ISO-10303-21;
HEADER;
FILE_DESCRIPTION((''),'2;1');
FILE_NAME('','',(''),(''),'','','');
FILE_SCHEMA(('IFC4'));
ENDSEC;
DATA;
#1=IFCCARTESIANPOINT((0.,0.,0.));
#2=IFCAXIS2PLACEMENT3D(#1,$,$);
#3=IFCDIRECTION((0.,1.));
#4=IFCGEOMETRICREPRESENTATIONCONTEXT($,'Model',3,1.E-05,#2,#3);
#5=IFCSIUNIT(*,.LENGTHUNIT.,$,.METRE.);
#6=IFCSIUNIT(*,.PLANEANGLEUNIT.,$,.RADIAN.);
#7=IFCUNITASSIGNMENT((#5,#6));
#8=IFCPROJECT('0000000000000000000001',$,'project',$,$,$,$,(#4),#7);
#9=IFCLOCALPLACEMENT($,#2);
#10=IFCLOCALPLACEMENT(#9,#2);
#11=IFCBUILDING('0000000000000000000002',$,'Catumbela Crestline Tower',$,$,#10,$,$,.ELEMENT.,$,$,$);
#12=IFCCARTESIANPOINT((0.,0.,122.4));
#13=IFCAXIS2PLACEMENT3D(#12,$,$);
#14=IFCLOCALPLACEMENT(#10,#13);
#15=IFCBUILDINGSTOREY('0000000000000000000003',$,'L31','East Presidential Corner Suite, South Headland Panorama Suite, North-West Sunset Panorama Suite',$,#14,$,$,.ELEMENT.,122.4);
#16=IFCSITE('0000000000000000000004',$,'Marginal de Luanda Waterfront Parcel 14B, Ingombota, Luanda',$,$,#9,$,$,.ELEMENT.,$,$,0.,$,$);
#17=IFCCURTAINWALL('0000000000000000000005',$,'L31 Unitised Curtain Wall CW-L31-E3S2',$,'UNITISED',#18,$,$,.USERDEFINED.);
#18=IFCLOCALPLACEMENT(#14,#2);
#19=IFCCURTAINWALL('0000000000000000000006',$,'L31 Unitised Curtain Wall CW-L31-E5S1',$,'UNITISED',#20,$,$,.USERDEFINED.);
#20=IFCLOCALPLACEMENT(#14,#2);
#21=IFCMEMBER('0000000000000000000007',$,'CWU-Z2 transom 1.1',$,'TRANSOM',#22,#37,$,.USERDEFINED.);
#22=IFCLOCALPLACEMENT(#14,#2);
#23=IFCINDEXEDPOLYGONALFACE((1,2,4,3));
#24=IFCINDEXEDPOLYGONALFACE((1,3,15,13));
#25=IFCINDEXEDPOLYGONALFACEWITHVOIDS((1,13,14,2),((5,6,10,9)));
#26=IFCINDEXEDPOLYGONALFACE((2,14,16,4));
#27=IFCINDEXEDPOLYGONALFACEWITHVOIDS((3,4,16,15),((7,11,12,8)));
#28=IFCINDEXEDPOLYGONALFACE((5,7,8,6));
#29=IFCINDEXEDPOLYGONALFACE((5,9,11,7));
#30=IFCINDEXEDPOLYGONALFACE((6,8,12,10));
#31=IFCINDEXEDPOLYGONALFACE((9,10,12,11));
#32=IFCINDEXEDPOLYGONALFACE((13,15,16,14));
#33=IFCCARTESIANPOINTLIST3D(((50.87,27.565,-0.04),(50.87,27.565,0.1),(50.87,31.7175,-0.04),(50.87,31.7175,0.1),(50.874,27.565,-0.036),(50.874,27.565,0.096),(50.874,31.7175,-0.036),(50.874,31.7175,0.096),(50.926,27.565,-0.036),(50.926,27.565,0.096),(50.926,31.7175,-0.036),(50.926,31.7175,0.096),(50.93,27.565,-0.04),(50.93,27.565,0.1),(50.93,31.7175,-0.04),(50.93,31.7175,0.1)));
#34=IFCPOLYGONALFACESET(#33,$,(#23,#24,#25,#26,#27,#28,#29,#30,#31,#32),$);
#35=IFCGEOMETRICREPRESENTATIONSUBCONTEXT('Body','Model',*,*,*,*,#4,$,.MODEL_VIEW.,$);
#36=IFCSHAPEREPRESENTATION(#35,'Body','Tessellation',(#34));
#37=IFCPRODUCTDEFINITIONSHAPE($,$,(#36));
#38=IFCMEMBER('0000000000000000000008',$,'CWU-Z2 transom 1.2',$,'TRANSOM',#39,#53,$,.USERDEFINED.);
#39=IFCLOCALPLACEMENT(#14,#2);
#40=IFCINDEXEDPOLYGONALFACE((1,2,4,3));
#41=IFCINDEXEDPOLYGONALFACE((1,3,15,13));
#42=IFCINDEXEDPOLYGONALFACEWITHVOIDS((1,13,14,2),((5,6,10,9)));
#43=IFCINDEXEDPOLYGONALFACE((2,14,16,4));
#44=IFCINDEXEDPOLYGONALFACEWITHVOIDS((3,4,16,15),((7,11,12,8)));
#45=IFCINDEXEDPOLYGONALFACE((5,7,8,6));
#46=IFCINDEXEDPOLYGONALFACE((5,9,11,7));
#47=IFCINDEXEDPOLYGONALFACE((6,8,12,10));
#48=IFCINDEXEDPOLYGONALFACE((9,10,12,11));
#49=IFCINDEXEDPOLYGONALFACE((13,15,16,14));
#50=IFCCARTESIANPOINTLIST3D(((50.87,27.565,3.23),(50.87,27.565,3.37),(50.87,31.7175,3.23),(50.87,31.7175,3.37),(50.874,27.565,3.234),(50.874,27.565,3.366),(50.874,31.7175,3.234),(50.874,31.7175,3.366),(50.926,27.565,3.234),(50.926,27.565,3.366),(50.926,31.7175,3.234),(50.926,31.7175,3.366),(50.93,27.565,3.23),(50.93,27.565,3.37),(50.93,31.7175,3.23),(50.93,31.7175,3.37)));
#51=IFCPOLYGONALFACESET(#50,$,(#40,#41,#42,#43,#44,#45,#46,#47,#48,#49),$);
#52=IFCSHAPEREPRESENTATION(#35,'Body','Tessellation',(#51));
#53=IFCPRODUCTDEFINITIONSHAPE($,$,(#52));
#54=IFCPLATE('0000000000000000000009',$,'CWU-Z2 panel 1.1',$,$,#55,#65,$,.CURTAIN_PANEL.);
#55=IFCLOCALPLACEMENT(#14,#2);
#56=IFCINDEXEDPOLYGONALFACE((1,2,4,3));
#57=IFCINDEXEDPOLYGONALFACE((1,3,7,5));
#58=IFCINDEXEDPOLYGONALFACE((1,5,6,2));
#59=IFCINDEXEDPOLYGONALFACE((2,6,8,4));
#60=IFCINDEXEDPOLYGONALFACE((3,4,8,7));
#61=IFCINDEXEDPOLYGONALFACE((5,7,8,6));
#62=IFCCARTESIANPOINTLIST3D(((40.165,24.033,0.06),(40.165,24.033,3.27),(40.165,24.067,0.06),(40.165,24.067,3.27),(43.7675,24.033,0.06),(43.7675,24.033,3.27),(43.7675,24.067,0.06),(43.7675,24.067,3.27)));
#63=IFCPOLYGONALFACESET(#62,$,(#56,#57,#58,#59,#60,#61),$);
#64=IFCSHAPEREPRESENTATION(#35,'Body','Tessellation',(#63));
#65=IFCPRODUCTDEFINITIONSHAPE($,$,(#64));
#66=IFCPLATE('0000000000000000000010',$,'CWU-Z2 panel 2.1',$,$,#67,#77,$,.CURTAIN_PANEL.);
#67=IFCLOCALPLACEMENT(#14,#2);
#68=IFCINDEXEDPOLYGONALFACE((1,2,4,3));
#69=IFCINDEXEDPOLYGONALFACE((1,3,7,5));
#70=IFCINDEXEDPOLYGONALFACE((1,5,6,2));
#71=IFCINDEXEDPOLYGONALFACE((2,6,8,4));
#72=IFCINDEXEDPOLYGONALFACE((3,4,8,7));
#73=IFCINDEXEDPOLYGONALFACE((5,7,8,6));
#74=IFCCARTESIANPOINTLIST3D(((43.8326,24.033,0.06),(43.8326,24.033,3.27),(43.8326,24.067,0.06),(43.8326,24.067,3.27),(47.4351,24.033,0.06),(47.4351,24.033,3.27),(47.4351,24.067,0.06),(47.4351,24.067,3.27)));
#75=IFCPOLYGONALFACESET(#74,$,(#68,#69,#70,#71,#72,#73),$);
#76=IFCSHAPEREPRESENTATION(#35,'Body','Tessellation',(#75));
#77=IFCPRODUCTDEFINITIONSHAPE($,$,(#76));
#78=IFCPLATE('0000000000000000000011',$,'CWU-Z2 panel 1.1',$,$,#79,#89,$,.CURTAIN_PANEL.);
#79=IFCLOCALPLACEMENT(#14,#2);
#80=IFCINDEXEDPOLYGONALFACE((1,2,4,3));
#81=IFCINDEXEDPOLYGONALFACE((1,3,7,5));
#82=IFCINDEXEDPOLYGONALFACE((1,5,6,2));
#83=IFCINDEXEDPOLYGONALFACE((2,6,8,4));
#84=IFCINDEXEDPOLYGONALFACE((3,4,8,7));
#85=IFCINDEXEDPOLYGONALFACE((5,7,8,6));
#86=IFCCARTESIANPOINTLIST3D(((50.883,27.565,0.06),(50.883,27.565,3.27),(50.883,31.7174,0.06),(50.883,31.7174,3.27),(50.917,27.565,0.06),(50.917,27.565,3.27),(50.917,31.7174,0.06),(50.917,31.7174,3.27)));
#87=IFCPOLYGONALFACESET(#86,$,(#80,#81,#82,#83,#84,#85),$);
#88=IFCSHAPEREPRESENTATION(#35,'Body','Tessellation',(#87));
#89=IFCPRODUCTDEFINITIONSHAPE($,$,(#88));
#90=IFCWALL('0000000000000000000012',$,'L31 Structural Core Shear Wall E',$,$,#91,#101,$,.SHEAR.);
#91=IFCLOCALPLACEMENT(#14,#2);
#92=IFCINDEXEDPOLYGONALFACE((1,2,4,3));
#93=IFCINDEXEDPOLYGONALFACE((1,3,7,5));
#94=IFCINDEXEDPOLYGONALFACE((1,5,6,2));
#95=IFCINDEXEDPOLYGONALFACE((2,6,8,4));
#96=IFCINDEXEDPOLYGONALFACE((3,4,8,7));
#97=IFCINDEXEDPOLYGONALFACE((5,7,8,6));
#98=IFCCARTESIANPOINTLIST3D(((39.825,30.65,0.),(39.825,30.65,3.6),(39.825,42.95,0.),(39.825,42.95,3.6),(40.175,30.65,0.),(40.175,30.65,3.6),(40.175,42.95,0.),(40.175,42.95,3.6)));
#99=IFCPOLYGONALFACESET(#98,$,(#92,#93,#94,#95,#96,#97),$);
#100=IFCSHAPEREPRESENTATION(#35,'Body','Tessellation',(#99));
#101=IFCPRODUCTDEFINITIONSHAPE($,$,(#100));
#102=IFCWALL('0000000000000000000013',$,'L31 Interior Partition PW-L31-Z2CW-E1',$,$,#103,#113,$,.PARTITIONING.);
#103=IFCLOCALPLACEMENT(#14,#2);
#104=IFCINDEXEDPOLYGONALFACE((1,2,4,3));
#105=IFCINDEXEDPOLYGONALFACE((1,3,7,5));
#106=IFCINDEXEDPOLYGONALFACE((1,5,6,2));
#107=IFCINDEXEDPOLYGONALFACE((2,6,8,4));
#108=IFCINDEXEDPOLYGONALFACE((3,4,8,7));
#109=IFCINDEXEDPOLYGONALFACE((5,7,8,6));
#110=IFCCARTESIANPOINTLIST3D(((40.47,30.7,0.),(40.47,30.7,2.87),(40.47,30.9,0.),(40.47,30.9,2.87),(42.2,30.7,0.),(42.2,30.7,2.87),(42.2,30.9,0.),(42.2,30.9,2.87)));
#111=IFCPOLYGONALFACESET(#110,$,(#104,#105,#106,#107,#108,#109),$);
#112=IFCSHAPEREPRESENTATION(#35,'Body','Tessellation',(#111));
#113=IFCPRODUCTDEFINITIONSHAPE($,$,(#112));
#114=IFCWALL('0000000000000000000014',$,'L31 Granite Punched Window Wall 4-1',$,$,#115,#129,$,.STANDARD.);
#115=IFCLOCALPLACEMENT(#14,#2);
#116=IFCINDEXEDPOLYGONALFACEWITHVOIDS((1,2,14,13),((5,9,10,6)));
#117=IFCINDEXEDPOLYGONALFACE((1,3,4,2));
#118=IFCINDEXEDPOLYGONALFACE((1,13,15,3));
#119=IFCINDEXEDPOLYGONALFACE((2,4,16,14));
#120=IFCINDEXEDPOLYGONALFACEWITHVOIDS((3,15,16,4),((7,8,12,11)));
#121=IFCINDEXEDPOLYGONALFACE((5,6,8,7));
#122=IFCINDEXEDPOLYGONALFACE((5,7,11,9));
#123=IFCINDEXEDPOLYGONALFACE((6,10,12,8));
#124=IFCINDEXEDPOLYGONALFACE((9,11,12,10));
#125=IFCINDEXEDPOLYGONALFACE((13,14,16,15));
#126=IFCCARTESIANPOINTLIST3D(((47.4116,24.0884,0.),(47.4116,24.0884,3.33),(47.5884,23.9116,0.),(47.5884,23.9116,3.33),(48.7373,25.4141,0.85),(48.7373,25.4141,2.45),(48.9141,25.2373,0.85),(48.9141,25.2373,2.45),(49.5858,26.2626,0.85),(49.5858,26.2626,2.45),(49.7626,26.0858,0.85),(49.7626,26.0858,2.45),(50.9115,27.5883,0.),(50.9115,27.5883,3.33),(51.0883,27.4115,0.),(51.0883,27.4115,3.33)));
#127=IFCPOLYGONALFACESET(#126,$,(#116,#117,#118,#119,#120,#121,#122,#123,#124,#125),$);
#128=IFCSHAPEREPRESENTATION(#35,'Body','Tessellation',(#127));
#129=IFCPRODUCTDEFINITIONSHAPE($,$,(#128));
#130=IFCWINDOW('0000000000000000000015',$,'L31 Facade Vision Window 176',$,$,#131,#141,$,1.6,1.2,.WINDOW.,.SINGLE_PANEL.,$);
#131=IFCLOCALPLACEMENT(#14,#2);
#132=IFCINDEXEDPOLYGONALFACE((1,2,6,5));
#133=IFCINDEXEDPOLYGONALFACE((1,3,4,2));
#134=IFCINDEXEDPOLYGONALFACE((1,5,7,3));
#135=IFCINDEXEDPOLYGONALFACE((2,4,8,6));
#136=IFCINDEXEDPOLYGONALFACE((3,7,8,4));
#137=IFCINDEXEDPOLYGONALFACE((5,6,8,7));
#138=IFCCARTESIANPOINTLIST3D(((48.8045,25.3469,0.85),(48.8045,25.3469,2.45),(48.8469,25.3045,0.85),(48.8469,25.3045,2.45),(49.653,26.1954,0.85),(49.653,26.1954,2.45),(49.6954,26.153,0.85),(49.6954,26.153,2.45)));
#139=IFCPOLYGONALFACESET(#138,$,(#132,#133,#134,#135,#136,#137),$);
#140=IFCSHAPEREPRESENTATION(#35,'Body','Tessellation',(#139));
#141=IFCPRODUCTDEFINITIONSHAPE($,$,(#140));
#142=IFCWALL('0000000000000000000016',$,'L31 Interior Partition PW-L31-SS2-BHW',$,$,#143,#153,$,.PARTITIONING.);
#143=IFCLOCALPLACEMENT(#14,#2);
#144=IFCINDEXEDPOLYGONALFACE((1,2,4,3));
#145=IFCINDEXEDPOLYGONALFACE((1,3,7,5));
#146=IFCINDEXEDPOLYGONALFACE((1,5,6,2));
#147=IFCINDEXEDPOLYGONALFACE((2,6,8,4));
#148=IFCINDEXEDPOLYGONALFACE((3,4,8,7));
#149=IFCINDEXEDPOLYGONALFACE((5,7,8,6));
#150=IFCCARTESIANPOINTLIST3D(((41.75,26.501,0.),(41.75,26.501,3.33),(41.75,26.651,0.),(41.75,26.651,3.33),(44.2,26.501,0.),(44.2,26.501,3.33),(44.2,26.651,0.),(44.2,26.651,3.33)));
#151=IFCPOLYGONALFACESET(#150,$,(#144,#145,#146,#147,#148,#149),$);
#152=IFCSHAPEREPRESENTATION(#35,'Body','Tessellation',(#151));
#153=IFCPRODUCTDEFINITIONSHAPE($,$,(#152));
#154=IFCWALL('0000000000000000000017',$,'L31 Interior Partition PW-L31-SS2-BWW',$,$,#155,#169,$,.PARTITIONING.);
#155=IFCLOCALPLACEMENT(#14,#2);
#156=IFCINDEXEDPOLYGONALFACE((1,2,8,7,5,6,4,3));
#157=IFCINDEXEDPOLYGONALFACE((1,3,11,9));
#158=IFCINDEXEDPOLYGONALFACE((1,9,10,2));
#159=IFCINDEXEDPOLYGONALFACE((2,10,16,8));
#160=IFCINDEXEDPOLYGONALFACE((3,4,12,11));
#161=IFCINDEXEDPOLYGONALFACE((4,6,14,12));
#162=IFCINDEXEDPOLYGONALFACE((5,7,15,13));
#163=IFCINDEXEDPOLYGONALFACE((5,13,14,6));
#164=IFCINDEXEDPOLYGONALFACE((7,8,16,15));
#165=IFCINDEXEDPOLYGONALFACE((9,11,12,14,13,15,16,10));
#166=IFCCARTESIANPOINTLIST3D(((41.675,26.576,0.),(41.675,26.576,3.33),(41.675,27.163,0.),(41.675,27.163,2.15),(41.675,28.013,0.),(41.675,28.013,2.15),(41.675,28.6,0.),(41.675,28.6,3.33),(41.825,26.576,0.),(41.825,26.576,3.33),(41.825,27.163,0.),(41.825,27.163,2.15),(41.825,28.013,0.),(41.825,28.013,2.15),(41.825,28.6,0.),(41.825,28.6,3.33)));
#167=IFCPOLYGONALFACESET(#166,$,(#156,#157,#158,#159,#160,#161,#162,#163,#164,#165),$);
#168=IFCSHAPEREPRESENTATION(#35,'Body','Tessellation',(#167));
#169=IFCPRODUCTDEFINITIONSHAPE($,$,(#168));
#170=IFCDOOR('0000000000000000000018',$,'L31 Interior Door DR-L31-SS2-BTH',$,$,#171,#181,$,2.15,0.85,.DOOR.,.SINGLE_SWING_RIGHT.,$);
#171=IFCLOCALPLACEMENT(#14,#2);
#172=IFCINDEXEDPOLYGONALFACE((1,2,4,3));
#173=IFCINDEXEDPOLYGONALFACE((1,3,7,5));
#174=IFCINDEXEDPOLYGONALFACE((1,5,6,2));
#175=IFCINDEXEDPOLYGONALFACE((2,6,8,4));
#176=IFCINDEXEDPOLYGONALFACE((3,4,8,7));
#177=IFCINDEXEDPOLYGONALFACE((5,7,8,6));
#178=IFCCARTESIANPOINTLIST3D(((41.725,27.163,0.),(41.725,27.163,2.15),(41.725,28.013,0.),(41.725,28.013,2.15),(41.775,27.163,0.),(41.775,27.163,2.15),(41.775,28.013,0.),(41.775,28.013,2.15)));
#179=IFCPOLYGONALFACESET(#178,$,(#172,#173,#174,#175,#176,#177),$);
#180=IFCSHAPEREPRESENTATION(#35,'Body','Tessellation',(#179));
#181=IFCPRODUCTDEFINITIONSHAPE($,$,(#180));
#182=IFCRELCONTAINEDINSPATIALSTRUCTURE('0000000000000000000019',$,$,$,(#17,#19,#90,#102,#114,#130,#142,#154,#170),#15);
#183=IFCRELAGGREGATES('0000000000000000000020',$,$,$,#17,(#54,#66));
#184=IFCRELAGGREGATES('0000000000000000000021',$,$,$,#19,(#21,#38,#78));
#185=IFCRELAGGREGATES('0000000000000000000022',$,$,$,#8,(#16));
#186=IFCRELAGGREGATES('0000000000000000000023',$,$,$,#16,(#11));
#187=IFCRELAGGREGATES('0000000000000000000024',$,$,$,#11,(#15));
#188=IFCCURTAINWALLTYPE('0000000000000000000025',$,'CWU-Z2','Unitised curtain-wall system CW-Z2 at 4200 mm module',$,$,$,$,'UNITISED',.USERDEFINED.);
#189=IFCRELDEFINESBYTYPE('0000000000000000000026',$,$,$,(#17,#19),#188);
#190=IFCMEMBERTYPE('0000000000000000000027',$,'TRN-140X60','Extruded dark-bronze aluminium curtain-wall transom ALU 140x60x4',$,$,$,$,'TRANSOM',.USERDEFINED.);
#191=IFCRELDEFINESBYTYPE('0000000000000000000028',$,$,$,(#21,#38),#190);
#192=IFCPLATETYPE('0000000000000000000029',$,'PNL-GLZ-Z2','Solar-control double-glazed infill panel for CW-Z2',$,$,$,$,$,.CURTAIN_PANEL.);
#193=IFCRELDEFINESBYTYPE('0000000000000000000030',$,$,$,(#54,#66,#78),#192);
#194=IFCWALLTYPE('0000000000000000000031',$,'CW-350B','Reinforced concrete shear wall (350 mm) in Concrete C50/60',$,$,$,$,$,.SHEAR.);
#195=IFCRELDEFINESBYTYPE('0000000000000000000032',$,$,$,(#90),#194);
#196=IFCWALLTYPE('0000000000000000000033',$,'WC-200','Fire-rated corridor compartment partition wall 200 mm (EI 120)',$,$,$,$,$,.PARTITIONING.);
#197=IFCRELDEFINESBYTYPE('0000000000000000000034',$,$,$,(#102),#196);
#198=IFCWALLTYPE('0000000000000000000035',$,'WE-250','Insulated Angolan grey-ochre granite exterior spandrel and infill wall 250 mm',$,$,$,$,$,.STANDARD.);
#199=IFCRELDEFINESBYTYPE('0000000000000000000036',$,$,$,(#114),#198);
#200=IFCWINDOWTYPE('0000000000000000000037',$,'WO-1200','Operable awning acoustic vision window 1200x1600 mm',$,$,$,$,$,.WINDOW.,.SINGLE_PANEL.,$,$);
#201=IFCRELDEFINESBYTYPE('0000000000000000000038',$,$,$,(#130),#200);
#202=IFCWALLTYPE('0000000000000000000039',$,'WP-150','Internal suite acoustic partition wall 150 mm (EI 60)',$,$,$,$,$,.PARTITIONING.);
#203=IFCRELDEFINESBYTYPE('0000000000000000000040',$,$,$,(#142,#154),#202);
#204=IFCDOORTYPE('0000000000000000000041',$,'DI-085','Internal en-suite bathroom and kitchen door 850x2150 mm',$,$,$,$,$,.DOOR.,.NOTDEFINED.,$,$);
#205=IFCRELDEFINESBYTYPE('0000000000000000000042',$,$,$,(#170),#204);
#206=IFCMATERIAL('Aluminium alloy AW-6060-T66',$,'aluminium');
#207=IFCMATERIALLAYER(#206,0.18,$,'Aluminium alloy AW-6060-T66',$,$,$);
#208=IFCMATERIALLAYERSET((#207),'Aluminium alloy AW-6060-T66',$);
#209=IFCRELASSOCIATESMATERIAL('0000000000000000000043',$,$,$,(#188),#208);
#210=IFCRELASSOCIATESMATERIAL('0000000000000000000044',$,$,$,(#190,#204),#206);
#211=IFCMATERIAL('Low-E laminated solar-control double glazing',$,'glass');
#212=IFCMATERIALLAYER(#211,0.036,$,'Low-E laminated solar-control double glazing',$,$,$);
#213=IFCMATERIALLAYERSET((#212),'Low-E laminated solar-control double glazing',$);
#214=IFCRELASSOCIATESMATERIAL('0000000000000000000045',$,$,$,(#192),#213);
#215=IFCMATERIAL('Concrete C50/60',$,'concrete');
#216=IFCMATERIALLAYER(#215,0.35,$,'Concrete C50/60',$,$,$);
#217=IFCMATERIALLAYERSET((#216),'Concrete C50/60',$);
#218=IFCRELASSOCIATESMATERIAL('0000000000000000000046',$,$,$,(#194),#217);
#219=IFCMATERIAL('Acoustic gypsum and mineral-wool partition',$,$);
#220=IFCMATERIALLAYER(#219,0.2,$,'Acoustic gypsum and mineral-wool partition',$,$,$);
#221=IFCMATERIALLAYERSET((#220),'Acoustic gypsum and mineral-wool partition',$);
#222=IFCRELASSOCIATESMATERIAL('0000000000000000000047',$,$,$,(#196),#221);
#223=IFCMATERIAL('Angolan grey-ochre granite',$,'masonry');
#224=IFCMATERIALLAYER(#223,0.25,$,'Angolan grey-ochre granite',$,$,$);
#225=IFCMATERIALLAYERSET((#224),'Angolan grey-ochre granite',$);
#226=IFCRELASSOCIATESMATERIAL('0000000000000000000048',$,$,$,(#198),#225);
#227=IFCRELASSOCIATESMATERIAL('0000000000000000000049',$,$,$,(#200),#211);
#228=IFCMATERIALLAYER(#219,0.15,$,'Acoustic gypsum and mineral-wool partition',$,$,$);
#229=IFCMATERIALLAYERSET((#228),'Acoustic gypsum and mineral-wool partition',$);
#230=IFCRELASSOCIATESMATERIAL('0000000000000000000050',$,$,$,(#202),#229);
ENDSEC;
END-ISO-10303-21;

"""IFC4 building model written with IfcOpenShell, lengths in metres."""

from ifc_helpers import new_model, si_unit, direction, frame, frame_2d, origin, origin_2d, place, context, subcontext, project, spatial, rectangle, hollow_rectangle, extrude, material, layer, layer_set, material_profile, profile_set, type_object, element, fill, aggregate, save


model = new_model("IFC4")

# Units and contexts
model_context = context("Model", 3, precision=1e-05, world=origin(), true_north=direction((0.0, 1.0)))
body_context = subcontext(model_context, "Body", "Model", "MODEL_VIEW")
ifc_project = project(units=[si_unit("LENGTHUNIT", "METRE"), si_unit("PLANEANGLEUNIT", "RADIAN")], contexts=[model_context])

# Site, building, storey
site_placement = place(None, origin())
site = spatial("IfcSite", under=ifc_project, at=site_placement, Name="Marginal de Luanda Waterfront Parcel 14B, Ingombota, Luanda", CompositionType="ELEMENT", RefElevation=0.0)
building_placement = place(site_placement, origin())
building = spatial("IfcBuilding", under=site, at=building_placement, Name="Catumbela Crestline Tower", CompositionType="ELEMENT")
storey_placement = place(building_placement, frame((0.0, 0.0, 122.4)))
storey = spatial("IfcBuildingStorey", under=building, at=storey_placement, Name="L31", Description="East Presidential Corner Suite, South Headland Panorama Suite, North-West Sunset Panorama Suite", CompositionType="ELEMENT", Elevation=122.4)

# Curtain wall
ifc_material_1 = material(Name="Aluminium alloy AW-6060-T66", Category="aluminium")
ifc_layer_1 = layer(ifc_material_1, 0.18, Name="Aluminium alloy AW-6060-T66")
ifc_layer_set_1 = layer_set([ifc_layer_1], Name="Aluminium alloy AW-6060-T66")
curtain_wall_type = type_object("IfcCurtainWallType", Name="CWU-Z2", Description="Unitised curtain-wall system CW-Z2 at 4200 mm module", ElementType="UNITISED", PredefinedType="USERDEFINED", material=ifc_layer_set_1)
curtain_wall_1_placement = place(storey_placement, origin())
curtain_wall_1 = element("IfcCurtainWall", 1, at=curtain_wall_1_placement, inside=storey, type_object=curtain_wall_type, Name="L31 Unitised Curtain Wall CW-L31-E3S2", ObjectType="UNITISED", PredefinedType="USERDEFINED")

# Curtain wall
curtain_wall_2_placement = place(storey_placement, origin())
curtain_wall_2 = element("IfcCurtainWall", 2, at=curtain_wall_2_placement, inside=storey, type_object=curtain_wall_type, Name="L31 Unitised Curtain Wall CW-L31-E5S1", ObjectType="UNITISED", PredefinedType="USERDEFINED")

# Members
ifc_material_profile_1 = material_profile(ifc_material_1, hollow_rectangle(XDim=0.06, YDim=0.14, WallThickness=0.004, at=origin_2d()), Name="ALU 140x60x4")
ifc_profile_set_1 = profile_set([ifc_material_profile_1], Name="Aluminium alloy AW-6060-T66")
member_type_1 = type_object("IfcMemberType", Name="TRN-140X60", Description="Extruded dark-bronze aluminium curtain-wall transom ALU 140x60x4", ElementType="TRANSOM", PredefinedType="USERDEFINED", material=ifc_profile_set_1)
member_1_placement = place(storey_placement, frame((50.9, 27.565, 0.03), z_axis=(0.0, 1.0, 0.0), x_axis=(-1.0, 0.0, 0.0)))
member_1 = element("IfcMember", 3, at=member_1_placement, type_object=member_type_1, Name="CWU-Z2 transom 1.1", ObjectType="TRANSOM", PredefinedType="USERDEFINED", context=body_context, shape_type="SweptSolid", body=[
    extrude(hollow_rectangle(XDim=0.06, YDim=0.14, WallThickness=0.004, at=origin_2d()), origin(), (0.0, 0.0, 1.0), 4.1525),
])
member_2_placement = place(storey_placement, frame((50.9, 27.565, 3.3), z_axis=(0.0, 1.0, 0.0), x_axis=(-1.0, 0.0, 0.0)))
member_2 = element("IfcMember", 4, at=member_2_placement, type_object=member_type_1, Name="CWU-Z2 transom 1.2", ObjectType="TRANSOM", PredefinedType="USERDEFINED", context=body_context, shape_type="SweptSolid", body=[
    extrude(hollow_rectangle(XDim=0.06, YDim=0.14, WallThickness=0.004, at=origin_2d()), origin(), (0.0, 0.0, 1.0), 4.1525),
])

# Plates
ifc_material_2 = material(Name="Low-E laminated solar-control double glazing", Category="glass")
ifc_layer_2 = layer(ifc_material_2, 0.036, Name="Low-E laminated solar-control double glazing")
ifc_layer_set_2 = layer_set([ifc_layer_2], Name="Low-E laminated solar-control double glazing")
plate_type = type_object("IfcPlateType", Name="PNL-GLZ-Z2", Description="Solar-control double-glazed infill panel for CW-Z2", PredefinedType="CURTAIN_PANEL", material=ifc_layer_set_2)
plate_1_placement = place(storey_placement, frame((41.9662, 24.05, 0.06), z_axis=(0.0, 0.0, 1.0), x_axis=(1.0, 0.0, 0.0)))
plate_1 = element("IfcPlate", 5, at=plate_1_placement, type_object=plate_type, Name="CWU-Z2 panel 1.1", PredefinedType="CURTAIN_PANEL", context=body_context, shape_type="SweptSolid", body=[
    extrude(rectangle(XDim=3.6025, YDim=0.034, at=origin_2d()), origin(), (0.0, 0.0, 1.0), 3.21),
])
plate_2_placement = place(storey_placement, frame((45.6338, 24.05, 0.06), z_axis=(0.0, 0.0, 1.0), x_axis=(1.0, 0.0, 0.0)))
plate_2 = element("IfcPlate", 6, at=plate_2_placement, type_object=plate_type, Name="CWU-Z2 panel 2.1", PredefinedType="CURTAIN_PANEL", context=body_context, shape_type="SweptSolid", body=[
    extrude(rectangle(XDim=3.6025, YDim=0.034, at=origin_2d()), origin(), (0.0, 0.0, 1.0), 3.21),
])
aggregate(curtain_wall_1, [plate_1, plate_2])
plate_3_placement = place(storey_placement, frame((50.9, 29.6412, 0.06), z_axis=(0.0, 0.0, 1.0), x_axis=(0.0, 1.0, 0.0)))
plate_3 = element("IfcPlate", 7, at=plate_3_placement, type_object=plate_type, Name="CWU-Z2 panel 1.1", PredefinedType="CURTAIN_PANEL", context=body_context, shape_type="SweptSolid", body=[
    extrude(rectangle(XDim=4.1525, YDim=0.034, at=origin_2d()), origin(), (0.0, 0.0, 1.0), 3.21),
])
aggregate(curtain_wall_2, [member_1, member_2, plate_3])

# Walls
ifc_material_3 = material(Name="Concrete C50/60", Category="concrete")
ifc_layer_3 = layer(ifc_material_3, 0.35, Name="Concrete C50/60")
ifc_layer_set_3 = layer_set([ifc_layer_3], Name="Concrete C50/60")
wall_type_1 = type_object("IfcWallType", Name="CW-350B", Description="Reinforced concrete shear wall (350 mm) in Concrete C50/60", PredefinedType="SHEAR", material=ifc_layer_set_3)
wall_1_placement = place(storey_placement, frame((40.0, 30.65, 0.0), z_axis=(0.0, 0.0, 1.0), x_axis=(0.0, 1.0, 0.0)))
element("IfcWall", 8, at=wall_1_placement, inside=storey, type_object=wall_type_1, Name="L31 Structural Core Shear Wall E", PredefinedType="SHEAR", context=body_context, shape_type="SweptSolid", body=[
    extrude(rectangle(XDim=12.3, YDim=0.35, at=frame_2d((6.15, 0.0))), origin(), (0.0, 0.0, 1.0), 3.6),
])
ifc_material_4 = material(Name="Acoustic gypsum and mineral-wool partition")
ifc_layer_4 = layer(ifc_material_4, 0.2, Name="Acoustic gypsum and mineral-wool partition")
ifc_layer_set_4 = layer_set([ifc_layer_4], Name="Acoustic gypsum and mineral-wool partition")
wall_type_2 = type_object("IfcWallType", Name="WC-200", Description="Fire-rated corridor compartment partition wall 200 mm (EI 120)", PredefinedType="PARTITIONING", material=ifc_layer_set_4)
wall_2_placement = place(storey_placement, frame((40.47, 30.8, 0.0), z_axis=(0.0, 0.0, 1.0), x_axis=(1.0, 0.0, 0.0)))
element("IfcWall", 9, at=wall_2_placement, inside=storey, type_object=wall_type_2, Name="L31 Interior Partition PW-L31-Z2CW-E1", PredefinedType="PARTITIONING", context=body_context, shape_type="SweptSolid", body=[
    extrude(rectangle(XDim=1.73, YDim=0.2, at=frame_2d((0.865, 0.0))), origin(), (0.0, 0.0, 1.0), 2.87),
])

# Wall, opening, window
ifc_material_5 = material(Name="Angolan grey-ochre granite", Category="masonry")
ifc_layer_5 = layer(ifc_material_5, 0.25, Name="Angolan grey-ochre granite")
ifc_layer_set_5 = layer_set([ifc_layer_5], Name="Angolan grey-ochre granite")
wall_type_3 = type_object("IfcWallType", Name="WE-250", Description="Insulated Angolan grey-ochre granite exterior spandrel and infill wall 250 mm", PredefinedType="STANDARD", material=ifc_layer_set_5)
wall_3_placement = place(storey_placement, frame((47.5, 24.0, 0.0), z_axis=(0.0, 0.0, 1.0), x_axis=(0.707107, 0.707107, 0.0)))
wall_3 = element("IfcWall", 10, at=wall_3_placement, inside=storey, type_object=wall_type_3, Name="L31 Granite Punched Window Wall 4-1", PredefinedType="STANDARD", context=body_context, shape_type="SweptSolid", body=[
    extrude(rectangle(XDim=4.9497, YDim=0.25, at=frame_2d((2.4748, 0.0))), origin(), (0.0, 0.0, 1.0), 3.33),
])
opening_1_placement = place(wall_3_placement, frame((1.8748, 0.0, 0.85)))
opening_1 = element("IfcOpeningElement", 11, at=opening_1_placement, cuts=wall_3, PredefinedType="OPENING", context=body_context, shape_type="SweptSolid", body=[
    extrude(rectangle(XDim=1.2, YDim=1.6, at=frame_2d((0.6, 0.8))), frame((0.0, 0.135, 0.0), z_axis=(0.0, -1.0, 0.0), x_axis=(1.0, 0.0, 0.0)), (0.0, 0.0, 1.0), 0.27),
])
window_type = type_object("IfcWindowType", Name="WO-1200", Description="Operable awning acoustic vision window 1200x1600 mm", PartitioningType="SINGLE_PANEL", PredefinedType="WINDOW", material=ifc_material_2)
window_placement = place(opening_1_placement, origin())
window = element("IfcWindow", 12, at=window_placement, inside=storey, type_object=window_type, Name="L31 Facade Vision Window 176", OverallHeight=1.6, OverallWidth=1.2, PartitioningType="SINGLE_PANEL", PredefinedType="WINDOW", context=body_context, shape_type="SweptSolid", body=[
    extrude(rectangle(XDim=1.2, YDim=1.6, at=frame_2d((0.6, 0.8))), frame((0.0, 0.03, 0.0), z_axis=(0.0, -1.0, 0.0), x_axis=(1.0, 0.0, 0.0)), (0.0, 0.0, 1.0), 0.06),
])
fill(opening_1, window)

# Wall
ifc_layer_6 = layer(ifc_material_4, 0.15, Name="Acoustic gypsum and mineral-wool partition")
ifc_layer_set_6 = layer_set([ifc_layer_6], Name="Acoustic gypsum and mineral-wool partition")
wall_type_4 = type_object("IfcWallType", Name="WP-150", Description="Internal suite acoustic partition wall 150 mm (EI 60)", PredefinedType="PARTITIONING", material=ifc_layer_set_6)
wall_4_placement = place(storey_placement, frame((41.75, 26.576, 0.0), z_axis=(0.0, 0.0, 1.0), x_axis=(1.0, 0.0, 0.0)))
element("IfcWall", 13, at=wall_4_placement, inside=storey, type_object=wall_type_4, Name="L31 Interior Partition PW-L31-SS2-BHW", PredefinedType="PARTITIONING", context=body_context, shape_type="SweptSolid", body=[
    extrude(rectangle(XDim=2.45, YDim=0.15, at=frame_2d((1.225, 0.0))), origin(), (0.0, 0.0, 1.0), 3.33),
])

# Wall, opening, door
wall_5_placement = place(storey_placement, frame((41.75, 26.576, 0.0), z_axis=(0.0, 0.0, 1.0), x_axis=(0.0, 1.0, 0.0)))
wall_5 = element("IfcWall", 14, at=wall_5_placement, inside=storey, type_object=wall_type_4, Name="L31 Interior Partition PW-L31-SS2-BWW", PredefinedType="PARTITIONING", context=body_context, shape_type="SweptSolid", body=[
    extrude(rectangle(XDim=2.024, YDim=0.15, at=frame_2d((1.012, 0.0))), origin(), (0.0, 0.0, 1.0), 3.33),
])
opening_2_placement = place(wall_5_placement, frame((0.587, 0.0, 0.0)))
opening_2 = element("IfcOpeningElement", 15, at=opening_2_placement, cuts=wall_5, PredefinedType="OPENING", context=body_context, shape_type="SweptSolid", body=[
    extrude(rectangle(XDim=0.85, YDim=2.15, at=frame_2d((0.425, 1.075))), frame((0.0, 0.085, 0.0), z_axis=(0.0, -1.0, 0.0), x_axis=(1.0, 0.0, 0.0)), (0.0, 0.0, 1.0), 0.17),
])
door_type = type_object("IfcDoorType", Name="DI-085", Description="Internal en-suite bathroom and kitchen door 850x2150 mm", OperationType="NOTDEFINED", PredefinedType="DOOR", material=ifc_material_1)
door_placement = place(opening_2_placement, origin())
door = element("IfcDoor", 16, at=door_placement, inside=storey, type_object=door_type, Name="L31 Interior Door DR-L31-SS2-BTH", OperationType="SINGLE_SWING_RIGHT", OverallHeight=2.15, OverallWidth=0.85, PredefinedType="DOOR", context=body_context, shape_type="SweptSolid", body=[
    extrude(rectangle(XDim=0.85, YDim=2.15, at=frame_2d((0.425, 1.075))), frame((0.0, 0.025, 0.0), z_axis=(0.0, -1.0, 0.0), x_axis=(1.0, 0.0, 0.0)), (0.0, 0.0, 1.0), 0.05),
])
fill(opening_2, door)

save(model, "model.ifc")
